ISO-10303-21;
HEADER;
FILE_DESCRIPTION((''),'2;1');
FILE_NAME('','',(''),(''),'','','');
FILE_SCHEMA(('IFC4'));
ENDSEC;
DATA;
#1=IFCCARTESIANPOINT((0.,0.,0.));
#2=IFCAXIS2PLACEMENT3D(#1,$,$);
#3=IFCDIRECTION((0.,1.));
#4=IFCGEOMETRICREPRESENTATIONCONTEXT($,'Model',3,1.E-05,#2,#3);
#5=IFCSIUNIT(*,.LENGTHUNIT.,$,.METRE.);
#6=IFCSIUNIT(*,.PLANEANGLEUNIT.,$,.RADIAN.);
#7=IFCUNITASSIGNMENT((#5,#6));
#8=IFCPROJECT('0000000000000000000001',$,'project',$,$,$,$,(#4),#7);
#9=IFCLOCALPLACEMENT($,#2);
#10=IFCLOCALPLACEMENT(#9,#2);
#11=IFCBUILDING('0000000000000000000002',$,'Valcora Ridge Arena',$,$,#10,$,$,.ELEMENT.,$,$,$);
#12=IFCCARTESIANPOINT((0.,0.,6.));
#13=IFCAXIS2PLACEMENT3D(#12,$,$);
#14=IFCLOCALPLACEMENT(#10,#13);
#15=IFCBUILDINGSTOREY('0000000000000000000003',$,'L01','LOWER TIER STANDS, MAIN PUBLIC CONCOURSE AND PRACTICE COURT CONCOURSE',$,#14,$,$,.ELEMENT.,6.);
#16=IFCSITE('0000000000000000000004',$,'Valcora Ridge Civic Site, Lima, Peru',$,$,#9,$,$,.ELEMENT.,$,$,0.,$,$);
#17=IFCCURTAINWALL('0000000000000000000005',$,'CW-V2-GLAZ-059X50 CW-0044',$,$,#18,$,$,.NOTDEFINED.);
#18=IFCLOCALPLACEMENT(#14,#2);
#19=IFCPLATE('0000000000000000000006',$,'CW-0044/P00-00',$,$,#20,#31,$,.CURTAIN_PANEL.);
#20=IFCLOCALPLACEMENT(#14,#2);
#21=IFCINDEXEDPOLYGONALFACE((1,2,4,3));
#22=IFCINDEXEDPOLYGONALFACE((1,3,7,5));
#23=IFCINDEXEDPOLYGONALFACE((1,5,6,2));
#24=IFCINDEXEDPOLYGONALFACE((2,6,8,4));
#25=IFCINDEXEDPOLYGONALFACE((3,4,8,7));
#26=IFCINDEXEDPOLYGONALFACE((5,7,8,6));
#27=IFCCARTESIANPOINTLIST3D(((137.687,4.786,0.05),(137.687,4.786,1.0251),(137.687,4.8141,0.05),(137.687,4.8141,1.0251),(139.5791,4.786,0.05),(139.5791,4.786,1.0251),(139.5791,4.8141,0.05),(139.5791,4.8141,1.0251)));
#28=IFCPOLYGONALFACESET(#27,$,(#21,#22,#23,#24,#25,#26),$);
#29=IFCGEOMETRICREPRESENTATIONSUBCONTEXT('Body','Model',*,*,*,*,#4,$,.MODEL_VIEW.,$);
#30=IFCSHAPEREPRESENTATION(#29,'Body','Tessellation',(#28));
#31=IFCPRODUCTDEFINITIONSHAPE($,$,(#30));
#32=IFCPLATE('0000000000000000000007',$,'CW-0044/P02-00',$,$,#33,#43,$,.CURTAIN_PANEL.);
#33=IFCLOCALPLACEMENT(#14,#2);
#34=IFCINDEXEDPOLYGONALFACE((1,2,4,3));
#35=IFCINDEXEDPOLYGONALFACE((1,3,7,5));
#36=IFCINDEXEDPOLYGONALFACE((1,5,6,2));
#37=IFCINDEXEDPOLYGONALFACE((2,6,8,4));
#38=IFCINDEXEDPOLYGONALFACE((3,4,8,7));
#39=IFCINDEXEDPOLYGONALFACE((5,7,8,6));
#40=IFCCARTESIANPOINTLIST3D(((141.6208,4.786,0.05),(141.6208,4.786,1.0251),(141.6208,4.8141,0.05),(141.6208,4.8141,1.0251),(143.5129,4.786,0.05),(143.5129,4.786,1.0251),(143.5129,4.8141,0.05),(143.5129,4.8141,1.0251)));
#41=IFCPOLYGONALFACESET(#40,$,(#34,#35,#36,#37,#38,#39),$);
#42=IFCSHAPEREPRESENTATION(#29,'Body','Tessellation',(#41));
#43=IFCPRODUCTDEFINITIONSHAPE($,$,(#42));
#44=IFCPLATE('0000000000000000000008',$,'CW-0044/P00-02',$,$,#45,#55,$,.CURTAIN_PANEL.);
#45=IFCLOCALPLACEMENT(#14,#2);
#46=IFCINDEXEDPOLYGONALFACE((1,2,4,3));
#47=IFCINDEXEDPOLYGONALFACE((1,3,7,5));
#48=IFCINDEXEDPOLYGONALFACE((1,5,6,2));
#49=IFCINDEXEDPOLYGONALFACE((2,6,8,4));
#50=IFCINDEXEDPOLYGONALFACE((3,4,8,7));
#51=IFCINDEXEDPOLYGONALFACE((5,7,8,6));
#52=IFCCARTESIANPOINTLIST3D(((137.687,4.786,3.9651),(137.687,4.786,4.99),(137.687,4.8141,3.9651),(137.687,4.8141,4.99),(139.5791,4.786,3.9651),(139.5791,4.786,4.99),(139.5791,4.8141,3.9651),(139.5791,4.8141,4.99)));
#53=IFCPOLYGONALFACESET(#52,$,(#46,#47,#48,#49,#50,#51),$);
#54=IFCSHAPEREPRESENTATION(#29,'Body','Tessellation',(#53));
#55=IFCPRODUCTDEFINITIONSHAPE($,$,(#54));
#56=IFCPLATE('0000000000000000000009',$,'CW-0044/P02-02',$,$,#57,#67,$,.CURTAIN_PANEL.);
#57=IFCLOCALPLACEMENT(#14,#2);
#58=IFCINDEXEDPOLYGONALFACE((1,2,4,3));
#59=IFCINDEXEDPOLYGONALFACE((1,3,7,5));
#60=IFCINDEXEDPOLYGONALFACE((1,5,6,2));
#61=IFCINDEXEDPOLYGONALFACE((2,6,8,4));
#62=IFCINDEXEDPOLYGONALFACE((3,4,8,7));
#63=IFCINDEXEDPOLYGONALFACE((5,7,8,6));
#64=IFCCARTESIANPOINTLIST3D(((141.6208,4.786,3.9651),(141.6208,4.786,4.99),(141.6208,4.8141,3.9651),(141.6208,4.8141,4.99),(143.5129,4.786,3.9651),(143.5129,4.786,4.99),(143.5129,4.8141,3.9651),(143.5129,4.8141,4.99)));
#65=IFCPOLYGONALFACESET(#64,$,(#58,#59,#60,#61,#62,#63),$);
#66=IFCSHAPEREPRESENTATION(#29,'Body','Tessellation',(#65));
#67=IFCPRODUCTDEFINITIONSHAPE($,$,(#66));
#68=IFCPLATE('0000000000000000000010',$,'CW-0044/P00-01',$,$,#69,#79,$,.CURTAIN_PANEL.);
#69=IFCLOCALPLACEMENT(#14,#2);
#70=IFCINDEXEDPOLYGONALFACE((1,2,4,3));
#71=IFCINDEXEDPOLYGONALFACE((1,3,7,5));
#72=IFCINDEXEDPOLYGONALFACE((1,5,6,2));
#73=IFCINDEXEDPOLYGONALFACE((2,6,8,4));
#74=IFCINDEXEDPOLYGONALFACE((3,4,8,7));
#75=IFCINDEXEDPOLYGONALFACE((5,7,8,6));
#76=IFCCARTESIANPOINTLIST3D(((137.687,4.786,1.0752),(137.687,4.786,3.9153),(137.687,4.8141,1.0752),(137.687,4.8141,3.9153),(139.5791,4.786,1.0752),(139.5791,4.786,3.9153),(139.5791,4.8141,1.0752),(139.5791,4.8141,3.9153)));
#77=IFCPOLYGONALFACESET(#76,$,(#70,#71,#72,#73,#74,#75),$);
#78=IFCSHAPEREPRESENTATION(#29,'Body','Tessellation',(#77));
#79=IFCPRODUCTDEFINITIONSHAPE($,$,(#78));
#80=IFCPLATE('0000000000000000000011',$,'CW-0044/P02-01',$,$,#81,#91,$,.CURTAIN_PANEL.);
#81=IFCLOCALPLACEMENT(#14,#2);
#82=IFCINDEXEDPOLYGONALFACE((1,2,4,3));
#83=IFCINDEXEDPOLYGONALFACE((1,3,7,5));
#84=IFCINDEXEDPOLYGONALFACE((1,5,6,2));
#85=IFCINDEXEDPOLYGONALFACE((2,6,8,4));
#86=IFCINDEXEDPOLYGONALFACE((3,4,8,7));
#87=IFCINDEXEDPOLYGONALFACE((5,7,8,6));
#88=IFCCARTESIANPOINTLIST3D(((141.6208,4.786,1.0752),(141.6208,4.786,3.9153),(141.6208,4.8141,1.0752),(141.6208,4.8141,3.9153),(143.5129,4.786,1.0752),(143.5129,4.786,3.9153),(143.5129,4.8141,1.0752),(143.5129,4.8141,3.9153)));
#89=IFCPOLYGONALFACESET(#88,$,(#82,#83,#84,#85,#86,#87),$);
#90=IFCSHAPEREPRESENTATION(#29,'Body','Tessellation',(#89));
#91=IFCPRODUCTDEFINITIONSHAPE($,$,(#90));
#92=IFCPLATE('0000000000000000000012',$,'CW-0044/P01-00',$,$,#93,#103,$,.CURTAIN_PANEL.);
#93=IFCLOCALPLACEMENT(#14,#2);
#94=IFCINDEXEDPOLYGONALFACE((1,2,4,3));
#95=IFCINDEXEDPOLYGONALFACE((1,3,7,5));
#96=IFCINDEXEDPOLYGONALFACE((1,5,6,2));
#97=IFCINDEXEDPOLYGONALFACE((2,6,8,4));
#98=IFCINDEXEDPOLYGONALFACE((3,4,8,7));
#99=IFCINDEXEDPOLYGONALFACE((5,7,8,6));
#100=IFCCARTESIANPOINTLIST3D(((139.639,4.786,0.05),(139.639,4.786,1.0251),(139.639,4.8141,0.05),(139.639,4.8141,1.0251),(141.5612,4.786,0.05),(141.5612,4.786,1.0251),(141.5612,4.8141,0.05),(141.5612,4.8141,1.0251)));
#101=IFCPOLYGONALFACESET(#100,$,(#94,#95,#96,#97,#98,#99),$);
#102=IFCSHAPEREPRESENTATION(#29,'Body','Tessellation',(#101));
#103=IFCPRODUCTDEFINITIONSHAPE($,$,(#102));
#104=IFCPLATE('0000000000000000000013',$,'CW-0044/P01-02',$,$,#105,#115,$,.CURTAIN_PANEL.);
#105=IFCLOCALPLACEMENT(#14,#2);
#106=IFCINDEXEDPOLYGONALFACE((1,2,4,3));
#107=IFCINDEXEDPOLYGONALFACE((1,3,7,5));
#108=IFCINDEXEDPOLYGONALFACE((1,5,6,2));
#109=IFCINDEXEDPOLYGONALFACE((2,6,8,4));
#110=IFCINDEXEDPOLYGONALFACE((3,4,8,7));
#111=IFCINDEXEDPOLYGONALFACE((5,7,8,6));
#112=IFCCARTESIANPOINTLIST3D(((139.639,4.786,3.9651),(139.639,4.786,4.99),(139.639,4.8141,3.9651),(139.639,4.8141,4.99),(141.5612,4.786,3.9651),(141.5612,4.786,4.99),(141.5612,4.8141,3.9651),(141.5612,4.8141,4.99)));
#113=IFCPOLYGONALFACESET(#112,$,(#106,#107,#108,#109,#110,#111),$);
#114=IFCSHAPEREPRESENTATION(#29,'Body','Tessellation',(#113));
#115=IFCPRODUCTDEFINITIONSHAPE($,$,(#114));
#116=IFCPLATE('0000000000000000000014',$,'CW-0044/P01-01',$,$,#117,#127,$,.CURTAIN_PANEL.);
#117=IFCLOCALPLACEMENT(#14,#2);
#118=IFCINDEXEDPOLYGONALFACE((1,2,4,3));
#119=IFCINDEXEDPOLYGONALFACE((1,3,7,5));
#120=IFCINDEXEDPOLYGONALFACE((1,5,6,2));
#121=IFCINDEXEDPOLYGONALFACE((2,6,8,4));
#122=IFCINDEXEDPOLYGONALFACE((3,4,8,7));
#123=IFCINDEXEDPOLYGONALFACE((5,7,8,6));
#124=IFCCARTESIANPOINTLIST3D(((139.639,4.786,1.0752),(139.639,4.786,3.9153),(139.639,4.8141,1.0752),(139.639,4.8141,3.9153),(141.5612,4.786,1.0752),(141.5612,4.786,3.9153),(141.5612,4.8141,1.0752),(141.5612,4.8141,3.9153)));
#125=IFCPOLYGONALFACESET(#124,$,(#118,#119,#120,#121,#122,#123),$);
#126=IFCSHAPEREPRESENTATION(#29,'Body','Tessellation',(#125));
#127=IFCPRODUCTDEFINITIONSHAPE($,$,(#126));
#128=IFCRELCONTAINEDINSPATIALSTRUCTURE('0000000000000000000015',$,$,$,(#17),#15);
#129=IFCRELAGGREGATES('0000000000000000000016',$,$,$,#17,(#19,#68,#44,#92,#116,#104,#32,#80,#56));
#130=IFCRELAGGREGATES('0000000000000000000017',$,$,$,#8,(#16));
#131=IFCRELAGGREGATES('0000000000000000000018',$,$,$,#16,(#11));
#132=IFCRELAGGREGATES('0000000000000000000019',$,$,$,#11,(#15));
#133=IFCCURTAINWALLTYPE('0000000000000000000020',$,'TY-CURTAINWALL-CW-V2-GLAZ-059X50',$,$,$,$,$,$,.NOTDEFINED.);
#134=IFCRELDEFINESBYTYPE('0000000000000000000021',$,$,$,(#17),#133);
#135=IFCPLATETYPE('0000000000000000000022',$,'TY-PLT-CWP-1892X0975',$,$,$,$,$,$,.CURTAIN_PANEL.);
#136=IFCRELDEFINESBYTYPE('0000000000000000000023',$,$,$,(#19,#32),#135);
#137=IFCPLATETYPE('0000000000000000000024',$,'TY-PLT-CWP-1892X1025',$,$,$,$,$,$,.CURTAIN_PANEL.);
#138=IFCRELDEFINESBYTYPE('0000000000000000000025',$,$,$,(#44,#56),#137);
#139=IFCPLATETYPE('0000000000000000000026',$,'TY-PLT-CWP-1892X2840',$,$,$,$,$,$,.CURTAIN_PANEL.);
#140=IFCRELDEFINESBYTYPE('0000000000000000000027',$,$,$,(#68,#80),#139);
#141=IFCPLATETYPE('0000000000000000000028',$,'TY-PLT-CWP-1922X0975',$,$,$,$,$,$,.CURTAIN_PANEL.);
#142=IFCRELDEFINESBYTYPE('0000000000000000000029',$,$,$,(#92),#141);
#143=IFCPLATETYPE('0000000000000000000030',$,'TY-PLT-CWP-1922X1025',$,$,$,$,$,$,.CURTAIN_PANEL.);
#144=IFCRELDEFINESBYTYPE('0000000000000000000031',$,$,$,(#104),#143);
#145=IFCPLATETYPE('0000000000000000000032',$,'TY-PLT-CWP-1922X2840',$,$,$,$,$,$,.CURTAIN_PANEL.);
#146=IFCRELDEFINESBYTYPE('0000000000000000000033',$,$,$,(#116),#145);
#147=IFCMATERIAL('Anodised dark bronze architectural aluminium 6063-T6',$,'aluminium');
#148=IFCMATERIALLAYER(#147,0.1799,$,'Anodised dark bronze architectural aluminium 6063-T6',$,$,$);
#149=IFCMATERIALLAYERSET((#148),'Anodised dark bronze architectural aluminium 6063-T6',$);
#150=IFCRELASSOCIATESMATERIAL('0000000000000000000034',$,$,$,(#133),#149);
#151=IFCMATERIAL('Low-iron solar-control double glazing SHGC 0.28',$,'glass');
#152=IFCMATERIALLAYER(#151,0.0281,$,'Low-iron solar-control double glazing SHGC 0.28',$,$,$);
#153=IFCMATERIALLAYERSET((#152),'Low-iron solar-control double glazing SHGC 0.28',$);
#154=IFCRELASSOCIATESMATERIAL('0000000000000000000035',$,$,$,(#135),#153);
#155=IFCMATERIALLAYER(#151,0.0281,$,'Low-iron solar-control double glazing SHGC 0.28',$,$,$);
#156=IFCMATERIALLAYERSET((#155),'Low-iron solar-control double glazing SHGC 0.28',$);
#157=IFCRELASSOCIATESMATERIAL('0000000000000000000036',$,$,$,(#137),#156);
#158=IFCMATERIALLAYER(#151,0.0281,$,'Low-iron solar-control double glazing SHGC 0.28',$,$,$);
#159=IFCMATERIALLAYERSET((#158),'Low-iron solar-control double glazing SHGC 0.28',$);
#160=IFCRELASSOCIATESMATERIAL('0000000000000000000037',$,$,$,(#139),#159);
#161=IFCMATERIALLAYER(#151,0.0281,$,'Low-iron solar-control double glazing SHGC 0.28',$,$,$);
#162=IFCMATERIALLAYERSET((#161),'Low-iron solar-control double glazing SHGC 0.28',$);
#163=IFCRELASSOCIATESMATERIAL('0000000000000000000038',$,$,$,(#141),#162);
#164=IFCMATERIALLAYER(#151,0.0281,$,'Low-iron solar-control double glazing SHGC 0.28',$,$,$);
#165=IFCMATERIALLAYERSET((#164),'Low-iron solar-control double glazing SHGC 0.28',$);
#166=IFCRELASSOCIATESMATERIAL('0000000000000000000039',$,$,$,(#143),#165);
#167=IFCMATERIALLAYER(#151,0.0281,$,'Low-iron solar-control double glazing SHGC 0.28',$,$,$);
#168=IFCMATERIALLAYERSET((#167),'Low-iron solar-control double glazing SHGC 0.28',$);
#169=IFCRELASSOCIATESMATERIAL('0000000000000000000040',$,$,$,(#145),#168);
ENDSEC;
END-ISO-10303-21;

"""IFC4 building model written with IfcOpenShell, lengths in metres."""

from ifc_helpers import new_model, si_unit, direction, frame, origin, origin_2d, place, context, subcontext, project, spatial, rectangle, extrude, material, layer, layer_set, type_object, element, aggregate, save


model = new_model("IFC4")

# Units and contexts
model_context = context("Model", 3, precision=1e-05, world=origin(), true_north=direction((0.0, 1.0)))
body_context = subcontext(model_context, "Body", "Model", "MODEL_VIEW")
ifc_project = project(units=[si_unit("LENGTHUNIT", "METRE"), si_unit("PLANEANGLEUNIT", "RADIAN")], contexts=[model_context])

# Site, building, storey
site_placement = place(None, origin())
site = spatial("IfcSite", under=ifc_project, at=site_placement, Name="Valcora Ridge Civic Site, Lima, Peru", CompositionType="ELEMENT", RefElevation=0.0)
building_placement = place(site_placement, origin())
building = spatial("IfcBuilding", under=site, at=building_placement, Name="Valcora Ridge Arena", CompositionType="ELEMENT")
storey_placement = place(building_placement, frame((0.0, 0.0, 6.0)))
storey = spatial("IfcBuildingStorey", under=building, at=storey_placement, Name="L01", Description="LOWER TIER STANDS, MAIN PUBLIC CONCOURSE AND PRACTICE COURT CONCOURSE", CompositionType="ELEMENT", Elevation=6.0)

# Curtain wall, plates
ifc_material_1 = material(Name="Anodised dark bronze architectural aluminium 6063-T6", Category="aluminium")
ifc_layer_1 = layer(ifc_material_1, 0.1799, Name="Anodised dark bronze architectural aluminium 6063-T6")
ifc_layer_set_1 = layer_set([ifc_layer_1], Name="Anodised dark bronze architectural aluminium 6063-T6")
curtain_wall_type = type_object("IfcCurtainWallType", Name="TY-CURTAINWALL-CW-V2-GLAZ-059X50", PredefinedType="NOTDEFINED", material=ifc_layer_set_1)
curtain_wall_placement = place(storey_placement, origin())
curtain_wall = element("IfcCurtainWall", 1, at=curtain_wall_placement, inside=storey, type_object=curtain_wall_type, Name="CW-V2-GLAZ-059X50 CW-0044", PredefinedType="NOTDEFINED")
ifc_material_2 = material(Name="Low-iron solar-control double glazing SHGC 0.28", Category="glass")
ifc_layer_2 = layer(ifc_material_2, 0.0281, Name="Low-iron solar-control double glazing SHGC 0.28")
ifc_layer_set_2 = layer_set([ifc_layer_2], Name="Low-iron solar-control double glazing SHGC 0.28")
plate_type_1 = type_object("IfcPlateType", Name="TY-PLT-CWP-1892X0975", PredefinedType="CURTAIN_PANEL", material=ifc_layer_set_2)
plate_1_placement = place(storey_placement, frame((138.6331, 4.8, 0.05), z_axis=(0.0, 0.0, 1.0), x_axis=(1.0, 0.0, 0.0)))
plate_1 = element("IfcPlate", 2, at=plate_1_placement, type_object=plate_type_1, Name="CW-0044/P00-00", PredefinedType="CURTAIN_PANEL", context=body_context, shape_type="SweptSolid", body=[
    extrude(rectangle(XDim=1.8921, YDim=0.0281, at=origin_2d()), origin(), (0.0, 0.0, 1.0), 0.9751),
])
plate_2_placement = place(storey_placement, frame((142.5669, 4.8, 0.05), z_axis=(0.0, 0.0, 1.0), x_axis=(1.0, 0.0, 0.0)))
plate_2 = element("IfcPlate", 3, at=plate_2_placement, type_object=plate_type_1, Name="CW-0044/P02-00", PredefinedType="CURTAIN_PANEL", context=body_context, shape_type="SweptSolid", body=[
    extrude(rectangle(XDim=1.8921, YDim=0.0281, at=origin_2d()), origin(), (0.0, 0.0, 1.0), 0.9751),
])
ifc_layer_3 = layer(ifc_material_2, 0.0281, Name="Low-iron solar-control double glazing SHGC 0.28")
ifc_layer_set_3 = layer_set([ifc_layer_3], Name="Low-iron solar-control double glazing SHGC 0.28")
plate_type_2 = type_object("IfcPlateType", Name="TY-PLT-CWP-1892X1025", PredefinedType="CURTAIN_PANEL", material=ifc_layer_set_3)
plate_3_placement = place(storey_placement, frame((138.6331, 4.8, 3.9651), z_axis=(0.0, 0.0, 1.0), x_axis=(1.0, 0.0, 0.0)))
plate_3 = element("IfcPlate", 4, at=plate_3_placement, type_object=plate_type_2, Name="CW-0044/P00-02", PredefinedType="CURTAIN_PANEL", context=body_context, shape_type="SweptSolid", body=[
    extrude(rectangle(XDim=1.8921, YDim=0.0281, at=origin_2d()), origin(), (0.0, 0.0, 1.0), 1.0249),
])
plate_4_placement = place(storey_placement, frame((142.5669, 4.8, 3.9651), z_axis=(0.0, 0.0, 1.0), x_axis=(1.0, 0.0, 0.0)))
plate_4 = element("IfcPlate", 5, at=plate_4_placement, type_object=plate_type_2, Name="CW-0044/P02-02", PredefinedType="CURTAIN_PANEL", context=body_context, shape_type="SweptSolid", body=[
    extrude(rectangle(XDim=1.8921, YDim=0.0281, at=origin_2d()), origin(), (0.0, 0.0, 1.0), 1.0249),
])
ifc_layer_4 = layer(ifc_material_2, 0.0281, Name="Low-iron solar-control double glazing SHGC 0.28")
ifc_layer_set_4 = layer_set([ifc_layer_4], Name="Low-iron solar-control double glazing SHGC 0.28")
plate_type_3 = type_object("IfcPlateType", Name="TY-PLT-CWP-1892X2840", PredefinedType="CURTAIN_PANEL", material=ifc_layer_set_4)
plate_5_placement = place(storey_placement, frame((138.6331, 4.8, 1.0752), z_axis=(0.0, 0.0, 1.0), x_axis=(1.0, 0.0, 0.0)))
plate_5 = element("IfcPlate", 6, at=plate_5_placement, type_object=plate_type_3, Name="CW-0044/P00-01", PredefinedType="CURTAIN_PANEL", context=body_context, shape_type="SweptSolid", body=[
    extrude(rectangle(XDim=1.8921, YDim=0.0281, at=origin_2d()), origin(), (0.0, 0.0, 1.0), 2.8401),
])
plate_6_placement = place(storey_placement, frame((142.5669, 4.8, 1.0752), z_axis=(0.0, 0.0, 1.0), x_axis=(1.0, 0.0, 0.0)))
plate_6 = element("IfcPlate", 7, at=plate_6_placement, type_object=plate_type_3, Name="CW-0044/P02-01", PredefinedType="CURTAIN_PANEL", context=body_context, shape_type="SweptSolid", body=[
    extrude(rectangle(XDim=1.8921, YDim=0.0281, at=origin_2d()), origin(), (0.0, 0.0, 1.0), 2.8401),
])
ifc_layer_5 = layer(ifc_material_2, 0.0281, Name="Low-iron solar-control double glazing SHGC 0.28")
ifc_layer_set_5 = layer_set([ifc_layer_5], Name="Low-iron solar-control double glazing SHGC 0.28")
plate_type_4 = type_object("IfcPlateType", Name="TY-PLT-CWP-1922X0975", PredefinedType="CURTAIN_PANEL", material=ifc_layer_set_5)
plate_7_placement = place(storey_placement, frame((140.6001, 4.8, 0.05), z_axis=(0.0, 0.0, 1.0), x_axis=(1.0, 0.0, 0.0)))
plate_7 = element("IfcPlate", 8, at=plate_7_placement, type_object=plate_type_4, Name="CW-0044/P01-00", PredefinedType="CURTAIN_PANEL", context=body_context, shape_type="SweptSolid", body=[
    extrude(rectangle(XDim=1.9221, YDim=0.0281, at=origin_2d()), origin(), (0.0, 0.0, 1.0), 0.9751),
])
ifc_layer_6 = layer(ifc_material_2, 0.0281, Name="Low-iron solar-control double glazing SHGC 0.28")
ifc_layer_set_6 = layer_set([ifc_layer_6], Name="Low-iron solar-control double glazing SHGC 0.28")
plate_type_5 = type_object("IfcPlateType", Name="TY-PLT-CWP-1922X1025", PredefinedType="CURTAIN_PANEL", material=ifc_layer_set_6)
plate_8_placement = place(storey_placement, frame((140.6001, 4.8, 3.9651), z_axis=(0.0, 0.0, 1.0), x_axis=(1.0, 0.0, 0.0)))
plate_8 = element("IfcPlate", 9, at=plate_8_placement, type_object=plate_type_5, Name="CW-0044/P01-02", PredefinedType="CURTAIN_PANEL", context=body_context, shape_type="SweptSolid", body=[
    extrude(rectangle(XDim=1.9221, YDim=0.0281, at=origin_2d()), origin(), (0.0, 0.0, 1.0), 1.0249),
])
ifc_layer_7 = layer(ifc_material_2, 0.0281, Name="Low-iron solar-control double glazing SHGC 0.28")
ifc_layer_set_7 = layer_set([ifc_layer_7], Name="Low-iron solar-control double glazing SHGC 0.28")
plate_type_6 = type_object("IfcPlateType", Name="TY-PLT-CWP-1922X2840", PredefinedType="CURTAIN_PANEL", material=ifc_layer_set_7)
plate_9_placement = place(storey_placement, frame((140.6001, 4.8, 1.0752), z_axis=(0.0, 0.0, 1.0), x_axis=(1.0, 0.0, 0.0)))
plate_9 = element("IfcPlate", 10, at=plate_9_placement, type_object=plate_type_6, Name="CW-0044/P01-01", PredefinedType="CURTAIN_PANEL", context=body_context, shape_type="SweptSolid", body=[
    extrude(rectangle(XDim=1.9221, YDim=0.0281, at=origin_2d()), origin(), (0.0, 0.0, 1.0), 2.8401),
])
aggregate(curtain_wall, [plate_1, plate_5, plate_3, plate_7, plate_9, plate_8, plate_2, plate_6, plate_4])

save(model, "model.ifc")
